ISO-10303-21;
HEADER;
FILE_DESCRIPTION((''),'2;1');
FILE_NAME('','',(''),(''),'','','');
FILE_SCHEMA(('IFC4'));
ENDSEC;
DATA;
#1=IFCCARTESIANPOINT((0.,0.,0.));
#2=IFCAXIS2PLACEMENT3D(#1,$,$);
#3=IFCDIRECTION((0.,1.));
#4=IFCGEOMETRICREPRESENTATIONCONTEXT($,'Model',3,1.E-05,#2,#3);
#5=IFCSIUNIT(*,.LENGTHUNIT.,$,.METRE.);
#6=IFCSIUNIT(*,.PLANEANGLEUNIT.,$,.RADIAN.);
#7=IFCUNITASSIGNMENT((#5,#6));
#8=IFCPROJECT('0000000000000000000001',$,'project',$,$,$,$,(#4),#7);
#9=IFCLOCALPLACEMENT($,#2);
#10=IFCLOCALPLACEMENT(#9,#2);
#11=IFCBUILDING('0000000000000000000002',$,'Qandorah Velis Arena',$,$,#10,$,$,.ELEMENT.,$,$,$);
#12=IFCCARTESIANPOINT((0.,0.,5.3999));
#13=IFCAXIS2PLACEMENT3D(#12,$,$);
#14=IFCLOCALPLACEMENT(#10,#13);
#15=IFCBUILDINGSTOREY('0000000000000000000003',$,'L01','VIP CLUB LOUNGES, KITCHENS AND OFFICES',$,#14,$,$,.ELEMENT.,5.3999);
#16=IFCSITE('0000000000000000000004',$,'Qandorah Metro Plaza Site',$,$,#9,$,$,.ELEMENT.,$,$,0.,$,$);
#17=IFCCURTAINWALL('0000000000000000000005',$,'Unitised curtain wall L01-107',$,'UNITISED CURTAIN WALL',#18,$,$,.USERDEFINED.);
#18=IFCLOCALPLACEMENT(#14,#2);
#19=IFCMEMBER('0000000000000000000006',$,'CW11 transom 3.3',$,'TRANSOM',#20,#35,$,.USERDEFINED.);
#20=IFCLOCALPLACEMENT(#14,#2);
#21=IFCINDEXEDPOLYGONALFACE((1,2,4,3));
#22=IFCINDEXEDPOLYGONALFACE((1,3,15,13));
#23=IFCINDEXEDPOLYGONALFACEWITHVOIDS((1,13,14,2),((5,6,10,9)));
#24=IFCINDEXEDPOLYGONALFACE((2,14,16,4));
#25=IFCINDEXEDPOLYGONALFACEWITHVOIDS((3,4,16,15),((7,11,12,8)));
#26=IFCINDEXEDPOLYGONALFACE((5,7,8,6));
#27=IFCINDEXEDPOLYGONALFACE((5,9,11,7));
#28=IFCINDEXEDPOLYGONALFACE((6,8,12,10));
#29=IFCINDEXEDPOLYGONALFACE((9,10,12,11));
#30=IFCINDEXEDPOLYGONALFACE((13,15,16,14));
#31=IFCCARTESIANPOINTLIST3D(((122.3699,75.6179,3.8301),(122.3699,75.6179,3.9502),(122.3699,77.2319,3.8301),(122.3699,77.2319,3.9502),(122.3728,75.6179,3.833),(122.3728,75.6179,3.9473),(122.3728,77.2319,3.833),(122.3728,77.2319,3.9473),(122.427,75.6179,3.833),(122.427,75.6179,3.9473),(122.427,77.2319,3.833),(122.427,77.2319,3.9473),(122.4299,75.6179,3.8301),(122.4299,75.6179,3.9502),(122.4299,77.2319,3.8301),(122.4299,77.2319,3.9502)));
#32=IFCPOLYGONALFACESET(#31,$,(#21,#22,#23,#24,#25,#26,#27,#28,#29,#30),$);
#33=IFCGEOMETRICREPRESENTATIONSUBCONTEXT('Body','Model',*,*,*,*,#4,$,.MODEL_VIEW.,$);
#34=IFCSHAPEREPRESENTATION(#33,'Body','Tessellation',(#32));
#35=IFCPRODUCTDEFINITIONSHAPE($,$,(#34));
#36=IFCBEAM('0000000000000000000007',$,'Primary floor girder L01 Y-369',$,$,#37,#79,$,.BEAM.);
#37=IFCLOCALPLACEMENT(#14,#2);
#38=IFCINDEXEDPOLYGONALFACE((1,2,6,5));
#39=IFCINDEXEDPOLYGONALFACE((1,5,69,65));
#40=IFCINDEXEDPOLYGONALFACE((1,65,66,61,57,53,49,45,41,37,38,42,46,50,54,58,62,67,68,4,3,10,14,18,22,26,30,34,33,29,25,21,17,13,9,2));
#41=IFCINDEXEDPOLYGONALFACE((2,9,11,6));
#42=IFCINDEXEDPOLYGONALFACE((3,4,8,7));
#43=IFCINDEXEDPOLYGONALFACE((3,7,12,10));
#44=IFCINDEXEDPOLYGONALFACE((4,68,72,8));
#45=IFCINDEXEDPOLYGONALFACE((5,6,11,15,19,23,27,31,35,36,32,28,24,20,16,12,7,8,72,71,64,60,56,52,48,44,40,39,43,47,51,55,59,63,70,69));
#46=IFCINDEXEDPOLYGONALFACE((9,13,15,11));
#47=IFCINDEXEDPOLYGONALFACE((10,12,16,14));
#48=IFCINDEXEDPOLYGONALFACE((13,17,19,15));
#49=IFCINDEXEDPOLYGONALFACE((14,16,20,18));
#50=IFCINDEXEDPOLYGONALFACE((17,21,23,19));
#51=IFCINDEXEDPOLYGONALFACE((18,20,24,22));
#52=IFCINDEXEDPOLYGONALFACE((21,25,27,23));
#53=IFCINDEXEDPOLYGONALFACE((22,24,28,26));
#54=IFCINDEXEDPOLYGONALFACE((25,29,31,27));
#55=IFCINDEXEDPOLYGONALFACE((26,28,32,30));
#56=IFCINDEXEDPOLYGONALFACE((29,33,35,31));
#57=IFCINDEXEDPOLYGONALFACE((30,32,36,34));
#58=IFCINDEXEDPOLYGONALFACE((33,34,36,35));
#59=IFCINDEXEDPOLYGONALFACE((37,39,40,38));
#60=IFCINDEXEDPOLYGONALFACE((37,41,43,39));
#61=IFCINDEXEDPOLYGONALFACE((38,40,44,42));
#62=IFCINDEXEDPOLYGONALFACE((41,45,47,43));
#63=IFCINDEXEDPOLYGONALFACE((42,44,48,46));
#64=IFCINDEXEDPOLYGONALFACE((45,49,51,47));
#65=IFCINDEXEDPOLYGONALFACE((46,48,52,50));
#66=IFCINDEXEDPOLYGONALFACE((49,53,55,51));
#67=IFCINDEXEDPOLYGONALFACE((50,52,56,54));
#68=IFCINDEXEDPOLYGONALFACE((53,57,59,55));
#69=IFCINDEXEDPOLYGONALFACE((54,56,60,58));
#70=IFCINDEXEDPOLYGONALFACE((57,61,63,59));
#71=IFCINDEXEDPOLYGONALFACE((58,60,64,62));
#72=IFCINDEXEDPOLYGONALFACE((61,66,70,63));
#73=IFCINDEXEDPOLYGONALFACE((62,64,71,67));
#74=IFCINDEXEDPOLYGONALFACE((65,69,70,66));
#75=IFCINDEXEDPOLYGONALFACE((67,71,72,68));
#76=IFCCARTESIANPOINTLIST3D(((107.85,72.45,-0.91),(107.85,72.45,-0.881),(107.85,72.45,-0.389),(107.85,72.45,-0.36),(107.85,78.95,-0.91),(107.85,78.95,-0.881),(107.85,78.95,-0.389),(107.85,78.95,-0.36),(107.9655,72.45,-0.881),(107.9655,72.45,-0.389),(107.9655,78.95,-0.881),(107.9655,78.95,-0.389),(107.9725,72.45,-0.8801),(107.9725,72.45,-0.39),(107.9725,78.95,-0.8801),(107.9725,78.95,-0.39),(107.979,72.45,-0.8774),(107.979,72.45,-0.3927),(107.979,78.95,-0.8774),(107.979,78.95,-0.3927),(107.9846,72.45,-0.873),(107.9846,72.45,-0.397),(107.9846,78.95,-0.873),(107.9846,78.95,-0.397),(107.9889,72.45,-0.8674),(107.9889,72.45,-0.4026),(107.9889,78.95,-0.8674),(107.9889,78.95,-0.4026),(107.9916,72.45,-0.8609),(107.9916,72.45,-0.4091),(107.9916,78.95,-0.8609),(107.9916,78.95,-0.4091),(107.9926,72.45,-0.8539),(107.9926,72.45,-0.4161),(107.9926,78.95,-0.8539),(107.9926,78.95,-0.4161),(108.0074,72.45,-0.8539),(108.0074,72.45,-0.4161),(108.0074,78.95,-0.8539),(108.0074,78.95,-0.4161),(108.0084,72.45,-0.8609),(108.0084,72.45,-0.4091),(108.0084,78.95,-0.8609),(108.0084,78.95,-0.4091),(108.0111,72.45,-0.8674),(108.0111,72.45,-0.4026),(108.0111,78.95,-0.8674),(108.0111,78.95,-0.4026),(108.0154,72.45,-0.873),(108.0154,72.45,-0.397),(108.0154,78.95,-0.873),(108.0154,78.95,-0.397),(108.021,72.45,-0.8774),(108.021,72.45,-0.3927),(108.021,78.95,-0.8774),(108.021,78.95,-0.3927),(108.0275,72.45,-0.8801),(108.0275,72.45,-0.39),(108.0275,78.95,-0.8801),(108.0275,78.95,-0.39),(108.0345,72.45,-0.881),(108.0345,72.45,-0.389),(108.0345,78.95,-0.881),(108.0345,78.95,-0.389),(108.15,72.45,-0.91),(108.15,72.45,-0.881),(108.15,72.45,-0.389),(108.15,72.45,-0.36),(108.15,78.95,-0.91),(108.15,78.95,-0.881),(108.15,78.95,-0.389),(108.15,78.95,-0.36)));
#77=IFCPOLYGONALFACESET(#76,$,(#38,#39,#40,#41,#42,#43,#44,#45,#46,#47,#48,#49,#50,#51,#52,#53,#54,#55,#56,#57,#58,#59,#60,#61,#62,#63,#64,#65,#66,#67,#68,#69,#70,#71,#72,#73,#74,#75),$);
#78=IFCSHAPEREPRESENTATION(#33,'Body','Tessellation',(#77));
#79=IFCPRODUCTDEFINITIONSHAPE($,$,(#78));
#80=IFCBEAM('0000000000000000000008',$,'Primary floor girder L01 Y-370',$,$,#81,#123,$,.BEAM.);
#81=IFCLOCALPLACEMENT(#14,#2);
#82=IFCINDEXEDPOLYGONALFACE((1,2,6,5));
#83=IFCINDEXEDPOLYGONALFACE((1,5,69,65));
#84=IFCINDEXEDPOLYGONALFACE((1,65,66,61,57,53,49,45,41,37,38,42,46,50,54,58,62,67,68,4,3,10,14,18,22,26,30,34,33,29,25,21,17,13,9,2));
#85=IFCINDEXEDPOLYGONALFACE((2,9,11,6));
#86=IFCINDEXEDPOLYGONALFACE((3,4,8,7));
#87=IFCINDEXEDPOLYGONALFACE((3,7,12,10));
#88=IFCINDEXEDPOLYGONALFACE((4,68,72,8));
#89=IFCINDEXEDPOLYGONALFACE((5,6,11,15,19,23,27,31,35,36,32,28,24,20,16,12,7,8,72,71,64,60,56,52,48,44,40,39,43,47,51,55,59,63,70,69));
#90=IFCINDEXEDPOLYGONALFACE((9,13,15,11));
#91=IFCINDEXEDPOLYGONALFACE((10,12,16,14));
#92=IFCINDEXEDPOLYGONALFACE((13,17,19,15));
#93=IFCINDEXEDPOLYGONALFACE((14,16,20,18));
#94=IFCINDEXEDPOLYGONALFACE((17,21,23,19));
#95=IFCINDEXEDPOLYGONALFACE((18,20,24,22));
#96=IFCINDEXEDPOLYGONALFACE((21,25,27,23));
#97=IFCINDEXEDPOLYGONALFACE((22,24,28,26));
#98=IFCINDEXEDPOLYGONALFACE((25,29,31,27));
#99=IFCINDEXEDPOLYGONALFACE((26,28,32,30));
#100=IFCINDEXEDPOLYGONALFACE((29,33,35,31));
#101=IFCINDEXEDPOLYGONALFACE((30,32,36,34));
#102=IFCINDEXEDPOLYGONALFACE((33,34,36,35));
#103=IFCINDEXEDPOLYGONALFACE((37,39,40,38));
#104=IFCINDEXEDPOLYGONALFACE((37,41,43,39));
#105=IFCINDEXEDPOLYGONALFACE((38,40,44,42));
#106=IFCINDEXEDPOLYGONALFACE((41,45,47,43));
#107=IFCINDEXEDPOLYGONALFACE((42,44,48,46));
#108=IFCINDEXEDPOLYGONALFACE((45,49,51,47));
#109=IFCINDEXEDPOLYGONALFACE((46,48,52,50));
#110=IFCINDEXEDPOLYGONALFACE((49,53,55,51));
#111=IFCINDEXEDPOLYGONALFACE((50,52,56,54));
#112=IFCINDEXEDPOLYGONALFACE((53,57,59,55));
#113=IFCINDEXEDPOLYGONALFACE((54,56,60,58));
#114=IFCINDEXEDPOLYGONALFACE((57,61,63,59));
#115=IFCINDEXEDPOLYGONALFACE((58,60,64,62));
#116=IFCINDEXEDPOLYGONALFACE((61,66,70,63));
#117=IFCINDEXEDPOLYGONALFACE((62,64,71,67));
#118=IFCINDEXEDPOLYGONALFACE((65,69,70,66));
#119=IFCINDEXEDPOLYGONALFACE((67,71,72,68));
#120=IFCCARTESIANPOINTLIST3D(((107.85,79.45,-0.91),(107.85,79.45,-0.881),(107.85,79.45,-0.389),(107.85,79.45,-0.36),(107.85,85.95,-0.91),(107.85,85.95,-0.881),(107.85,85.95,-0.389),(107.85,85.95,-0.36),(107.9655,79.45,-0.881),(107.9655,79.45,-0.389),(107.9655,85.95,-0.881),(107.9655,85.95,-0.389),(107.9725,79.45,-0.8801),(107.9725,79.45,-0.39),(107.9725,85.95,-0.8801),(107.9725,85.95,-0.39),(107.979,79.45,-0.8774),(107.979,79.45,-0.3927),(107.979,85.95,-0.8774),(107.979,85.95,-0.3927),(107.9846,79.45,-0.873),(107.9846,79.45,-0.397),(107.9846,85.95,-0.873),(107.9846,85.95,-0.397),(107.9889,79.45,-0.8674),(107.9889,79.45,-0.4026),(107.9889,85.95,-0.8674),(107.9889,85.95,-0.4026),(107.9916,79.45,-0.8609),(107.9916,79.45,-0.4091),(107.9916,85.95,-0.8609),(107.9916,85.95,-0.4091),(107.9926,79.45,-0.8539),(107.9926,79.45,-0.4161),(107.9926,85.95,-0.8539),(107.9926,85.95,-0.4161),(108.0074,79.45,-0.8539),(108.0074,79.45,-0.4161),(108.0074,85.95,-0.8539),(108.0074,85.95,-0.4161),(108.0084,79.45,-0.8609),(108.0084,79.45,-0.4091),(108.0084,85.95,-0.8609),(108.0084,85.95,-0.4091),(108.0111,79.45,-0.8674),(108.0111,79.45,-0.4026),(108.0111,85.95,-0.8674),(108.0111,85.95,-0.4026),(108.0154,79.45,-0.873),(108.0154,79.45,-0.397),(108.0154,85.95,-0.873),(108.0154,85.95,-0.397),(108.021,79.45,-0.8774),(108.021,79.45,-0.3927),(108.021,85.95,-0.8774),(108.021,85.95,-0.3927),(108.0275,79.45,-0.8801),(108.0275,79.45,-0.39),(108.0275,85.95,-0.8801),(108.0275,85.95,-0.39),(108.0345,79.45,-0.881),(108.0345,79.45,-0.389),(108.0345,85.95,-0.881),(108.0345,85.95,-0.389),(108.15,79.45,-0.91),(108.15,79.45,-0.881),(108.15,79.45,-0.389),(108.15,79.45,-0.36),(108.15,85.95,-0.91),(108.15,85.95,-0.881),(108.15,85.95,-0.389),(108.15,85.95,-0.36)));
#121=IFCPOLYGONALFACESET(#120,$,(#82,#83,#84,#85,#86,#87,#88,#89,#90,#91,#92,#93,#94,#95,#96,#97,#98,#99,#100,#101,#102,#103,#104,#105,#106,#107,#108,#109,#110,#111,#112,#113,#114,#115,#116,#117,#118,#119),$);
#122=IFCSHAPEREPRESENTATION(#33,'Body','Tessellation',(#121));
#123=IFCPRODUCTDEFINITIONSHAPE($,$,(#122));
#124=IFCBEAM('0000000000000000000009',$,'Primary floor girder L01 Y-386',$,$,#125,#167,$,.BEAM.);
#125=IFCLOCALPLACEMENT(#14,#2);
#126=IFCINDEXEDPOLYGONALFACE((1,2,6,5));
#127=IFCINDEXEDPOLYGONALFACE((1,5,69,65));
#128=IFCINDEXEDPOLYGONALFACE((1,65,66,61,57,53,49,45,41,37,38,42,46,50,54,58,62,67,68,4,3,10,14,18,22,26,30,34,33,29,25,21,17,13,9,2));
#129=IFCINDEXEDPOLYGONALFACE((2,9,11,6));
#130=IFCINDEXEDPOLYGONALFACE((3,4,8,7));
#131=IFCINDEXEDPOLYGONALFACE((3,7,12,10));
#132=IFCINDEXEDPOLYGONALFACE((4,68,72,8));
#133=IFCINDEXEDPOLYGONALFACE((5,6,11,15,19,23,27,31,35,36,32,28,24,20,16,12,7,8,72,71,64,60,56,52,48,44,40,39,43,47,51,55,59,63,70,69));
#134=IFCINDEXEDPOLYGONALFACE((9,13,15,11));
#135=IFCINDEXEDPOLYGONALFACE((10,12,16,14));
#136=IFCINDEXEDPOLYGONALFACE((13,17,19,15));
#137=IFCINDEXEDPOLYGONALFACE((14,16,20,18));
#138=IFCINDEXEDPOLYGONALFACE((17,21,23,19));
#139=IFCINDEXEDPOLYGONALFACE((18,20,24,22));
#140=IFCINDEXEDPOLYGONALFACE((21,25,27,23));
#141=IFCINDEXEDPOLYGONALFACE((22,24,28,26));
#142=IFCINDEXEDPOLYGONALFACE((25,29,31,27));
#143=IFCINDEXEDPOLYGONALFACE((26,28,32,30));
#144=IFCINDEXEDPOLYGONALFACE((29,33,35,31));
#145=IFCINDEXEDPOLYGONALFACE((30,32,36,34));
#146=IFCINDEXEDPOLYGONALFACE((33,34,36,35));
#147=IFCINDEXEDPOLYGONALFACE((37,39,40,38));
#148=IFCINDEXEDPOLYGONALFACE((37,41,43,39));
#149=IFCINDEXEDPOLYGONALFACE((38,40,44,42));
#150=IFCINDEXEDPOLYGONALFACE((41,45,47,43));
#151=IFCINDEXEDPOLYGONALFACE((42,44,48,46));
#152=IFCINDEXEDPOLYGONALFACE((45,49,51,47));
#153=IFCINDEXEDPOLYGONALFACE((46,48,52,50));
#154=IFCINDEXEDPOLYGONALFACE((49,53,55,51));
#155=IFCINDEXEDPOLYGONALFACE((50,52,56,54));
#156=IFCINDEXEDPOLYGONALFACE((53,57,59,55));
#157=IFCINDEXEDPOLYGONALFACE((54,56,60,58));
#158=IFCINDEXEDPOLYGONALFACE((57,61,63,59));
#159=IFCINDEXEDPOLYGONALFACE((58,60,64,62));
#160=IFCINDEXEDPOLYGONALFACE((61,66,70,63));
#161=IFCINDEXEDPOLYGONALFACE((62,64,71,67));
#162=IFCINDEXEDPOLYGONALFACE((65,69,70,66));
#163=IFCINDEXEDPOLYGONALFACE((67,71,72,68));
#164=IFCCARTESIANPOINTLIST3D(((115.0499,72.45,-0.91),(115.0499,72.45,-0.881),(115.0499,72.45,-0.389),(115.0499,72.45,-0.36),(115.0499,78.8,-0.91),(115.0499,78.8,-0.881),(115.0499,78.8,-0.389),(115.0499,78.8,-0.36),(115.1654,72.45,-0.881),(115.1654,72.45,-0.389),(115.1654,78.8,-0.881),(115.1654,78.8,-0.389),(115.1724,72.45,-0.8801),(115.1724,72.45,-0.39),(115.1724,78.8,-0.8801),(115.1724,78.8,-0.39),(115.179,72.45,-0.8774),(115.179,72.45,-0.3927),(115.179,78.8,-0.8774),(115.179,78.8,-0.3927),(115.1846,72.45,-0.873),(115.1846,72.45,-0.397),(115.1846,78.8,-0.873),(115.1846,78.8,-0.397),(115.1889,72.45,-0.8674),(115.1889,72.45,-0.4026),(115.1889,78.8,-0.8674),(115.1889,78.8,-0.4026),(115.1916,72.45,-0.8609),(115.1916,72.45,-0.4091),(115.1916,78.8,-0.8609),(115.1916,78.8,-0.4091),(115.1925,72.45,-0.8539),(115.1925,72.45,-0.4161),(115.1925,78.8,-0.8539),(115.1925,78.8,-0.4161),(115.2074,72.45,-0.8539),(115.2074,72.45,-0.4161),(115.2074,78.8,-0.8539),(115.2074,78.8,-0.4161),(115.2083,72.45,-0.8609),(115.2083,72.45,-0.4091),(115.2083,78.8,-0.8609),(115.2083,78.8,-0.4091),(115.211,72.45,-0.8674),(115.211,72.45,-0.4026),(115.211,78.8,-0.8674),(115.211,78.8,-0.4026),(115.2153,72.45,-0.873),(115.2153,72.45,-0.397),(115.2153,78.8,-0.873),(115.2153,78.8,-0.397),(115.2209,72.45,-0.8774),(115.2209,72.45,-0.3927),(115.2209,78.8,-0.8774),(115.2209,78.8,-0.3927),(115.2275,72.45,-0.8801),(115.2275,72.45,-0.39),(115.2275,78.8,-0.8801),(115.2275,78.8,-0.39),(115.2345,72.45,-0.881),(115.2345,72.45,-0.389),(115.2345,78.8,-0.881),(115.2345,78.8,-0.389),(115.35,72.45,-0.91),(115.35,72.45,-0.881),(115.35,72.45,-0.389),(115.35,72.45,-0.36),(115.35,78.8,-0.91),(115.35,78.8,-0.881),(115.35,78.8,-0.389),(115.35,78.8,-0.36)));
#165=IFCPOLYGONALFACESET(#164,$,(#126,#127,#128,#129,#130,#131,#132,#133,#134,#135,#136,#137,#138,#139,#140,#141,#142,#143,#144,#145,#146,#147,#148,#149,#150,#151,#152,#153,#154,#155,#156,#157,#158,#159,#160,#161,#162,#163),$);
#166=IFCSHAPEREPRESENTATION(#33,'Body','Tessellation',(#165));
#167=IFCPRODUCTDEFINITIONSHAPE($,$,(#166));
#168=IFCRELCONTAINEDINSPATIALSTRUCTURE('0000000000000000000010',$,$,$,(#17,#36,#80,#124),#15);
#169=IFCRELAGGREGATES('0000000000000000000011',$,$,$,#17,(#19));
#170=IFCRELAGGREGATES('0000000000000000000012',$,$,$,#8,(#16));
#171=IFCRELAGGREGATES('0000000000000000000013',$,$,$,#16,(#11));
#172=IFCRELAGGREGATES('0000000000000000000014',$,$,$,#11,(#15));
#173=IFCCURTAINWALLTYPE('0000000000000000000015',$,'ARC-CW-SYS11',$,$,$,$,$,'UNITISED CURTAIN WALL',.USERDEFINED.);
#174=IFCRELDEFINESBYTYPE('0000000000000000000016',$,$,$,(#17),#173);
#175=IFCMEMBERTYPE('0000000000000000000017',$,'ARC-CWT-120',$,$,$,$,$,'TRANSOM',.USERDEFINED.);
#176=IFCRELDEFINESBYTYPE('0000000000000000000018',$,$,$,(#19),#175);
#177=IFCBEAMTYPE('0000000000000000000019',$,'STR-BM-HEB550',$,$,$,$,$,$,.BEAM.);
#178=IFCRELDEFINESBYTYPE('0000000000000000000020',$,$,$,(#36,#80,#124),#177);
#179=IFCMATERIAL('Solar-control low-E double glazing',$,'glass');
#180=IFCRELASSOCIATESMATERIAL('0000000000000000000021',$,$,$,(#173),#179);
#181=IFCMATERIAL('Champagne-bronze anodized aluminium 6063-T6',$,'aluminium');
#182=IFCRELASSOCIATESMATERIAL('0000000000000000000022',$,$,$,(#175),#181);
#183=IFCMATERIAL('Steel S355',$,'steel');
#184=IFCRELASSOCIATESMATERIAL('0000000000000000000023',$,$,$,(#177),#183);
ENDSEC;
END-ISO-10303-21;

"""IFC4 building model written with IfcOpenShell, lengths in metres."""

from ifc_helpers import new_model, si_unit, direction, frame, origin, origin_2d, place, context, subcontext, project, spatial, hollow_rectangle, i_section, extrude, material, material_profile, profile_set, type_object, element, aggregate, save


model = new_model("IFC4")

# Units and contexts
model_context = context("Model", 3, precision=1e-05, world=origin(), true_north=direction((0.0, 1.0)))
body_context = subcontext(model_context, "Body", "Model", "MODEL_VIEW")
ifc_project = project(units=[si_unit("LENGTHUNIT", "METRE"), si_unit("PLANEANGLEUNIT", "RADIAN")], contexts=[model_context])

# Site, building, storey
site_placement = place(None, origin())
site = spatial("IfcSite", under=ifc_project, at=site_placement, Name="Qandorah Metro Plaza Site", CompositionType="ELEMENT", RefElevation=0.0)
building_placement = place(site_placement, origin())
building = spatial("IfcBuilding", under=site, at=building_placement, Name="Qandorah Velis Arena", CompositionType="ELEMENT")
storey_placement = place(building_placement, frame((0.0, 0.0, 5.3999)))
storey = spatial("IfcBuildingStorey", under=building, at=storey_placement, Name="L01", Description="VIP CLUB LOUNGES, KITCHENS AND OFFICES", CompositionType="ELEMENT", Elevation=5.3999)

# Curtain wall, member
ifc_material_1 = material(Name="Solar-control low-E double glazing", Category="glass")
curtain_wall_type = type_object("IfcCurtainWallType", Name="ARC-CW-SYS11", ElementType="UNITISED CURTAIN WALL", PredefinedType="USERDEFINED", material=ifc_material_1)
curtain_wall_placement = place(storey_placement, origin())
curtain_wall = element("IfcCurtainWall", 1, at=curtain_wall_placement, inside=storey, type_object=curtain_wall_type, Name="Unitised curtain wall L01-107", ObjectType="UNITISED CURTAIN WALL", PredefinedType="USERDEFINED")
ifc_material_2 = material(Name="Champagne-bronze anodized aluminium 6063-T6", Category="aluminium")
ifc_material_profile_1 = material_profile(ifc_material_2, hollow_rectangle(XDim=0.0601, YDim=0.1201, WallThickness=0.0029, at=origin_2d()), Name="ALU TRANSOM 60x120")
ifc_profile_set_1 = profile_set([ifc_material_profile_1], Name="Champagne-bronze anodized aluminium 6063-T6")
member_type_1 = type_object("IfcMemberType", Name="ARC-CWT-120", ElementType="TRANSOM", PredefinedType="USERDEFINED", material=ifc_profile_set_1)
member_1_placement = place(storey_placement, frame((122.3999, 75.6179, 3.8901), z_axis=(0.0, 1.0, 0.0), x_axis=(-1.0, 0.0, 0.0)))
member_1 = element("IfcMember", 2, at=member_1_placement, type_object=member_type_1, Name="CW11 transom 3.3", ObjectType="TRANSOM", PredefinedType="USERDEFINED", context=body_context, shape_type="SweptSolid", body=[
    extrude(hollow_rectangle(XDim=0.0601, YDim=0.1201, WallThickness=0.0029, at=origin_2d()), origin(), (0.0, 0.0, 1.0), 1.614),
])

# Beams
ifc_material_3 = material(Name="Steel S355", Category="steel")
ifc_material_profile_2 = material_profile(ifc_material_3, i_section(OverallWidth=0.3, OverallDepth=0.55, WebThickness=0.0149, FlangeThickness=0.0291, FilletRadius=0.0271, at=origin_2d()), Name="HEB 550")
ifc_profile_set_2 = profile_set([ifc_material_profile_2], Name="Steel S355")
beam_type_1 = type_object("IfcBeamType", Name="STR-BM-HEB550", PredefinedType="BEAM", material=ifc_profile_set_2)
for number, where, z_axis, x_axis, name in (
    (3, (108.0, 72.45, -0.635), (0.0, 1.0, 0.0), (-1.0, 0.0, 0.0), "Primary floor girder L01 Y-369"),
    (4, (108.0, 79.45, -0.635), (0.0, 1.0, 0.0), (-1.0, 0.0, 0.0), "Primary floor girder L01 Y-370"),
):
    element("IfcBeam", number, at=place(storey_placement, frame(where, z_axis=z_axis, x_axis=x_axis)), inside=storey, type_object=beam_type_1, Name=name, PredefinedType="BEAM", context=body_context, shape_type="SweptSolid", body=[
        extrude(i_section(OverallWidth=0.3, OverallDepth=0.55, WebThickness=0.0149, FlangeThickness=0.0291, FilletRadius=0.0271, at=origin_2d()), origin(), (0.0, 0.0, 1.0), 6.5),
    ])
beam_1_placement = place(storey_placement, frame((115.2, 72.45, -0.635), z_axis=(0.0, 1.0, 0.0), x_axis=(-1.0, 0.0, 0.0)))
element("IfcBeam", 5, at=beam_1_placement, inside=storey, type_object=beam_type_1, Name="Primary floor girder L01 Y-386", PredefinedType="BEAM", context=body_context, shape_type="SweptSolid", body=[
    extrude(i_section(OverallWidth=0.3, OverallDepth=0.55, WebThickness=0.0149, FlangeThickness=0.0291, FilletRadius=0.0271, at=origin_2d()), origin(), (0.0, 0.0, 1.0), 6.3501),
])

aggregate(curtain_wall, [member_1])

save(model, "model.ifc")
